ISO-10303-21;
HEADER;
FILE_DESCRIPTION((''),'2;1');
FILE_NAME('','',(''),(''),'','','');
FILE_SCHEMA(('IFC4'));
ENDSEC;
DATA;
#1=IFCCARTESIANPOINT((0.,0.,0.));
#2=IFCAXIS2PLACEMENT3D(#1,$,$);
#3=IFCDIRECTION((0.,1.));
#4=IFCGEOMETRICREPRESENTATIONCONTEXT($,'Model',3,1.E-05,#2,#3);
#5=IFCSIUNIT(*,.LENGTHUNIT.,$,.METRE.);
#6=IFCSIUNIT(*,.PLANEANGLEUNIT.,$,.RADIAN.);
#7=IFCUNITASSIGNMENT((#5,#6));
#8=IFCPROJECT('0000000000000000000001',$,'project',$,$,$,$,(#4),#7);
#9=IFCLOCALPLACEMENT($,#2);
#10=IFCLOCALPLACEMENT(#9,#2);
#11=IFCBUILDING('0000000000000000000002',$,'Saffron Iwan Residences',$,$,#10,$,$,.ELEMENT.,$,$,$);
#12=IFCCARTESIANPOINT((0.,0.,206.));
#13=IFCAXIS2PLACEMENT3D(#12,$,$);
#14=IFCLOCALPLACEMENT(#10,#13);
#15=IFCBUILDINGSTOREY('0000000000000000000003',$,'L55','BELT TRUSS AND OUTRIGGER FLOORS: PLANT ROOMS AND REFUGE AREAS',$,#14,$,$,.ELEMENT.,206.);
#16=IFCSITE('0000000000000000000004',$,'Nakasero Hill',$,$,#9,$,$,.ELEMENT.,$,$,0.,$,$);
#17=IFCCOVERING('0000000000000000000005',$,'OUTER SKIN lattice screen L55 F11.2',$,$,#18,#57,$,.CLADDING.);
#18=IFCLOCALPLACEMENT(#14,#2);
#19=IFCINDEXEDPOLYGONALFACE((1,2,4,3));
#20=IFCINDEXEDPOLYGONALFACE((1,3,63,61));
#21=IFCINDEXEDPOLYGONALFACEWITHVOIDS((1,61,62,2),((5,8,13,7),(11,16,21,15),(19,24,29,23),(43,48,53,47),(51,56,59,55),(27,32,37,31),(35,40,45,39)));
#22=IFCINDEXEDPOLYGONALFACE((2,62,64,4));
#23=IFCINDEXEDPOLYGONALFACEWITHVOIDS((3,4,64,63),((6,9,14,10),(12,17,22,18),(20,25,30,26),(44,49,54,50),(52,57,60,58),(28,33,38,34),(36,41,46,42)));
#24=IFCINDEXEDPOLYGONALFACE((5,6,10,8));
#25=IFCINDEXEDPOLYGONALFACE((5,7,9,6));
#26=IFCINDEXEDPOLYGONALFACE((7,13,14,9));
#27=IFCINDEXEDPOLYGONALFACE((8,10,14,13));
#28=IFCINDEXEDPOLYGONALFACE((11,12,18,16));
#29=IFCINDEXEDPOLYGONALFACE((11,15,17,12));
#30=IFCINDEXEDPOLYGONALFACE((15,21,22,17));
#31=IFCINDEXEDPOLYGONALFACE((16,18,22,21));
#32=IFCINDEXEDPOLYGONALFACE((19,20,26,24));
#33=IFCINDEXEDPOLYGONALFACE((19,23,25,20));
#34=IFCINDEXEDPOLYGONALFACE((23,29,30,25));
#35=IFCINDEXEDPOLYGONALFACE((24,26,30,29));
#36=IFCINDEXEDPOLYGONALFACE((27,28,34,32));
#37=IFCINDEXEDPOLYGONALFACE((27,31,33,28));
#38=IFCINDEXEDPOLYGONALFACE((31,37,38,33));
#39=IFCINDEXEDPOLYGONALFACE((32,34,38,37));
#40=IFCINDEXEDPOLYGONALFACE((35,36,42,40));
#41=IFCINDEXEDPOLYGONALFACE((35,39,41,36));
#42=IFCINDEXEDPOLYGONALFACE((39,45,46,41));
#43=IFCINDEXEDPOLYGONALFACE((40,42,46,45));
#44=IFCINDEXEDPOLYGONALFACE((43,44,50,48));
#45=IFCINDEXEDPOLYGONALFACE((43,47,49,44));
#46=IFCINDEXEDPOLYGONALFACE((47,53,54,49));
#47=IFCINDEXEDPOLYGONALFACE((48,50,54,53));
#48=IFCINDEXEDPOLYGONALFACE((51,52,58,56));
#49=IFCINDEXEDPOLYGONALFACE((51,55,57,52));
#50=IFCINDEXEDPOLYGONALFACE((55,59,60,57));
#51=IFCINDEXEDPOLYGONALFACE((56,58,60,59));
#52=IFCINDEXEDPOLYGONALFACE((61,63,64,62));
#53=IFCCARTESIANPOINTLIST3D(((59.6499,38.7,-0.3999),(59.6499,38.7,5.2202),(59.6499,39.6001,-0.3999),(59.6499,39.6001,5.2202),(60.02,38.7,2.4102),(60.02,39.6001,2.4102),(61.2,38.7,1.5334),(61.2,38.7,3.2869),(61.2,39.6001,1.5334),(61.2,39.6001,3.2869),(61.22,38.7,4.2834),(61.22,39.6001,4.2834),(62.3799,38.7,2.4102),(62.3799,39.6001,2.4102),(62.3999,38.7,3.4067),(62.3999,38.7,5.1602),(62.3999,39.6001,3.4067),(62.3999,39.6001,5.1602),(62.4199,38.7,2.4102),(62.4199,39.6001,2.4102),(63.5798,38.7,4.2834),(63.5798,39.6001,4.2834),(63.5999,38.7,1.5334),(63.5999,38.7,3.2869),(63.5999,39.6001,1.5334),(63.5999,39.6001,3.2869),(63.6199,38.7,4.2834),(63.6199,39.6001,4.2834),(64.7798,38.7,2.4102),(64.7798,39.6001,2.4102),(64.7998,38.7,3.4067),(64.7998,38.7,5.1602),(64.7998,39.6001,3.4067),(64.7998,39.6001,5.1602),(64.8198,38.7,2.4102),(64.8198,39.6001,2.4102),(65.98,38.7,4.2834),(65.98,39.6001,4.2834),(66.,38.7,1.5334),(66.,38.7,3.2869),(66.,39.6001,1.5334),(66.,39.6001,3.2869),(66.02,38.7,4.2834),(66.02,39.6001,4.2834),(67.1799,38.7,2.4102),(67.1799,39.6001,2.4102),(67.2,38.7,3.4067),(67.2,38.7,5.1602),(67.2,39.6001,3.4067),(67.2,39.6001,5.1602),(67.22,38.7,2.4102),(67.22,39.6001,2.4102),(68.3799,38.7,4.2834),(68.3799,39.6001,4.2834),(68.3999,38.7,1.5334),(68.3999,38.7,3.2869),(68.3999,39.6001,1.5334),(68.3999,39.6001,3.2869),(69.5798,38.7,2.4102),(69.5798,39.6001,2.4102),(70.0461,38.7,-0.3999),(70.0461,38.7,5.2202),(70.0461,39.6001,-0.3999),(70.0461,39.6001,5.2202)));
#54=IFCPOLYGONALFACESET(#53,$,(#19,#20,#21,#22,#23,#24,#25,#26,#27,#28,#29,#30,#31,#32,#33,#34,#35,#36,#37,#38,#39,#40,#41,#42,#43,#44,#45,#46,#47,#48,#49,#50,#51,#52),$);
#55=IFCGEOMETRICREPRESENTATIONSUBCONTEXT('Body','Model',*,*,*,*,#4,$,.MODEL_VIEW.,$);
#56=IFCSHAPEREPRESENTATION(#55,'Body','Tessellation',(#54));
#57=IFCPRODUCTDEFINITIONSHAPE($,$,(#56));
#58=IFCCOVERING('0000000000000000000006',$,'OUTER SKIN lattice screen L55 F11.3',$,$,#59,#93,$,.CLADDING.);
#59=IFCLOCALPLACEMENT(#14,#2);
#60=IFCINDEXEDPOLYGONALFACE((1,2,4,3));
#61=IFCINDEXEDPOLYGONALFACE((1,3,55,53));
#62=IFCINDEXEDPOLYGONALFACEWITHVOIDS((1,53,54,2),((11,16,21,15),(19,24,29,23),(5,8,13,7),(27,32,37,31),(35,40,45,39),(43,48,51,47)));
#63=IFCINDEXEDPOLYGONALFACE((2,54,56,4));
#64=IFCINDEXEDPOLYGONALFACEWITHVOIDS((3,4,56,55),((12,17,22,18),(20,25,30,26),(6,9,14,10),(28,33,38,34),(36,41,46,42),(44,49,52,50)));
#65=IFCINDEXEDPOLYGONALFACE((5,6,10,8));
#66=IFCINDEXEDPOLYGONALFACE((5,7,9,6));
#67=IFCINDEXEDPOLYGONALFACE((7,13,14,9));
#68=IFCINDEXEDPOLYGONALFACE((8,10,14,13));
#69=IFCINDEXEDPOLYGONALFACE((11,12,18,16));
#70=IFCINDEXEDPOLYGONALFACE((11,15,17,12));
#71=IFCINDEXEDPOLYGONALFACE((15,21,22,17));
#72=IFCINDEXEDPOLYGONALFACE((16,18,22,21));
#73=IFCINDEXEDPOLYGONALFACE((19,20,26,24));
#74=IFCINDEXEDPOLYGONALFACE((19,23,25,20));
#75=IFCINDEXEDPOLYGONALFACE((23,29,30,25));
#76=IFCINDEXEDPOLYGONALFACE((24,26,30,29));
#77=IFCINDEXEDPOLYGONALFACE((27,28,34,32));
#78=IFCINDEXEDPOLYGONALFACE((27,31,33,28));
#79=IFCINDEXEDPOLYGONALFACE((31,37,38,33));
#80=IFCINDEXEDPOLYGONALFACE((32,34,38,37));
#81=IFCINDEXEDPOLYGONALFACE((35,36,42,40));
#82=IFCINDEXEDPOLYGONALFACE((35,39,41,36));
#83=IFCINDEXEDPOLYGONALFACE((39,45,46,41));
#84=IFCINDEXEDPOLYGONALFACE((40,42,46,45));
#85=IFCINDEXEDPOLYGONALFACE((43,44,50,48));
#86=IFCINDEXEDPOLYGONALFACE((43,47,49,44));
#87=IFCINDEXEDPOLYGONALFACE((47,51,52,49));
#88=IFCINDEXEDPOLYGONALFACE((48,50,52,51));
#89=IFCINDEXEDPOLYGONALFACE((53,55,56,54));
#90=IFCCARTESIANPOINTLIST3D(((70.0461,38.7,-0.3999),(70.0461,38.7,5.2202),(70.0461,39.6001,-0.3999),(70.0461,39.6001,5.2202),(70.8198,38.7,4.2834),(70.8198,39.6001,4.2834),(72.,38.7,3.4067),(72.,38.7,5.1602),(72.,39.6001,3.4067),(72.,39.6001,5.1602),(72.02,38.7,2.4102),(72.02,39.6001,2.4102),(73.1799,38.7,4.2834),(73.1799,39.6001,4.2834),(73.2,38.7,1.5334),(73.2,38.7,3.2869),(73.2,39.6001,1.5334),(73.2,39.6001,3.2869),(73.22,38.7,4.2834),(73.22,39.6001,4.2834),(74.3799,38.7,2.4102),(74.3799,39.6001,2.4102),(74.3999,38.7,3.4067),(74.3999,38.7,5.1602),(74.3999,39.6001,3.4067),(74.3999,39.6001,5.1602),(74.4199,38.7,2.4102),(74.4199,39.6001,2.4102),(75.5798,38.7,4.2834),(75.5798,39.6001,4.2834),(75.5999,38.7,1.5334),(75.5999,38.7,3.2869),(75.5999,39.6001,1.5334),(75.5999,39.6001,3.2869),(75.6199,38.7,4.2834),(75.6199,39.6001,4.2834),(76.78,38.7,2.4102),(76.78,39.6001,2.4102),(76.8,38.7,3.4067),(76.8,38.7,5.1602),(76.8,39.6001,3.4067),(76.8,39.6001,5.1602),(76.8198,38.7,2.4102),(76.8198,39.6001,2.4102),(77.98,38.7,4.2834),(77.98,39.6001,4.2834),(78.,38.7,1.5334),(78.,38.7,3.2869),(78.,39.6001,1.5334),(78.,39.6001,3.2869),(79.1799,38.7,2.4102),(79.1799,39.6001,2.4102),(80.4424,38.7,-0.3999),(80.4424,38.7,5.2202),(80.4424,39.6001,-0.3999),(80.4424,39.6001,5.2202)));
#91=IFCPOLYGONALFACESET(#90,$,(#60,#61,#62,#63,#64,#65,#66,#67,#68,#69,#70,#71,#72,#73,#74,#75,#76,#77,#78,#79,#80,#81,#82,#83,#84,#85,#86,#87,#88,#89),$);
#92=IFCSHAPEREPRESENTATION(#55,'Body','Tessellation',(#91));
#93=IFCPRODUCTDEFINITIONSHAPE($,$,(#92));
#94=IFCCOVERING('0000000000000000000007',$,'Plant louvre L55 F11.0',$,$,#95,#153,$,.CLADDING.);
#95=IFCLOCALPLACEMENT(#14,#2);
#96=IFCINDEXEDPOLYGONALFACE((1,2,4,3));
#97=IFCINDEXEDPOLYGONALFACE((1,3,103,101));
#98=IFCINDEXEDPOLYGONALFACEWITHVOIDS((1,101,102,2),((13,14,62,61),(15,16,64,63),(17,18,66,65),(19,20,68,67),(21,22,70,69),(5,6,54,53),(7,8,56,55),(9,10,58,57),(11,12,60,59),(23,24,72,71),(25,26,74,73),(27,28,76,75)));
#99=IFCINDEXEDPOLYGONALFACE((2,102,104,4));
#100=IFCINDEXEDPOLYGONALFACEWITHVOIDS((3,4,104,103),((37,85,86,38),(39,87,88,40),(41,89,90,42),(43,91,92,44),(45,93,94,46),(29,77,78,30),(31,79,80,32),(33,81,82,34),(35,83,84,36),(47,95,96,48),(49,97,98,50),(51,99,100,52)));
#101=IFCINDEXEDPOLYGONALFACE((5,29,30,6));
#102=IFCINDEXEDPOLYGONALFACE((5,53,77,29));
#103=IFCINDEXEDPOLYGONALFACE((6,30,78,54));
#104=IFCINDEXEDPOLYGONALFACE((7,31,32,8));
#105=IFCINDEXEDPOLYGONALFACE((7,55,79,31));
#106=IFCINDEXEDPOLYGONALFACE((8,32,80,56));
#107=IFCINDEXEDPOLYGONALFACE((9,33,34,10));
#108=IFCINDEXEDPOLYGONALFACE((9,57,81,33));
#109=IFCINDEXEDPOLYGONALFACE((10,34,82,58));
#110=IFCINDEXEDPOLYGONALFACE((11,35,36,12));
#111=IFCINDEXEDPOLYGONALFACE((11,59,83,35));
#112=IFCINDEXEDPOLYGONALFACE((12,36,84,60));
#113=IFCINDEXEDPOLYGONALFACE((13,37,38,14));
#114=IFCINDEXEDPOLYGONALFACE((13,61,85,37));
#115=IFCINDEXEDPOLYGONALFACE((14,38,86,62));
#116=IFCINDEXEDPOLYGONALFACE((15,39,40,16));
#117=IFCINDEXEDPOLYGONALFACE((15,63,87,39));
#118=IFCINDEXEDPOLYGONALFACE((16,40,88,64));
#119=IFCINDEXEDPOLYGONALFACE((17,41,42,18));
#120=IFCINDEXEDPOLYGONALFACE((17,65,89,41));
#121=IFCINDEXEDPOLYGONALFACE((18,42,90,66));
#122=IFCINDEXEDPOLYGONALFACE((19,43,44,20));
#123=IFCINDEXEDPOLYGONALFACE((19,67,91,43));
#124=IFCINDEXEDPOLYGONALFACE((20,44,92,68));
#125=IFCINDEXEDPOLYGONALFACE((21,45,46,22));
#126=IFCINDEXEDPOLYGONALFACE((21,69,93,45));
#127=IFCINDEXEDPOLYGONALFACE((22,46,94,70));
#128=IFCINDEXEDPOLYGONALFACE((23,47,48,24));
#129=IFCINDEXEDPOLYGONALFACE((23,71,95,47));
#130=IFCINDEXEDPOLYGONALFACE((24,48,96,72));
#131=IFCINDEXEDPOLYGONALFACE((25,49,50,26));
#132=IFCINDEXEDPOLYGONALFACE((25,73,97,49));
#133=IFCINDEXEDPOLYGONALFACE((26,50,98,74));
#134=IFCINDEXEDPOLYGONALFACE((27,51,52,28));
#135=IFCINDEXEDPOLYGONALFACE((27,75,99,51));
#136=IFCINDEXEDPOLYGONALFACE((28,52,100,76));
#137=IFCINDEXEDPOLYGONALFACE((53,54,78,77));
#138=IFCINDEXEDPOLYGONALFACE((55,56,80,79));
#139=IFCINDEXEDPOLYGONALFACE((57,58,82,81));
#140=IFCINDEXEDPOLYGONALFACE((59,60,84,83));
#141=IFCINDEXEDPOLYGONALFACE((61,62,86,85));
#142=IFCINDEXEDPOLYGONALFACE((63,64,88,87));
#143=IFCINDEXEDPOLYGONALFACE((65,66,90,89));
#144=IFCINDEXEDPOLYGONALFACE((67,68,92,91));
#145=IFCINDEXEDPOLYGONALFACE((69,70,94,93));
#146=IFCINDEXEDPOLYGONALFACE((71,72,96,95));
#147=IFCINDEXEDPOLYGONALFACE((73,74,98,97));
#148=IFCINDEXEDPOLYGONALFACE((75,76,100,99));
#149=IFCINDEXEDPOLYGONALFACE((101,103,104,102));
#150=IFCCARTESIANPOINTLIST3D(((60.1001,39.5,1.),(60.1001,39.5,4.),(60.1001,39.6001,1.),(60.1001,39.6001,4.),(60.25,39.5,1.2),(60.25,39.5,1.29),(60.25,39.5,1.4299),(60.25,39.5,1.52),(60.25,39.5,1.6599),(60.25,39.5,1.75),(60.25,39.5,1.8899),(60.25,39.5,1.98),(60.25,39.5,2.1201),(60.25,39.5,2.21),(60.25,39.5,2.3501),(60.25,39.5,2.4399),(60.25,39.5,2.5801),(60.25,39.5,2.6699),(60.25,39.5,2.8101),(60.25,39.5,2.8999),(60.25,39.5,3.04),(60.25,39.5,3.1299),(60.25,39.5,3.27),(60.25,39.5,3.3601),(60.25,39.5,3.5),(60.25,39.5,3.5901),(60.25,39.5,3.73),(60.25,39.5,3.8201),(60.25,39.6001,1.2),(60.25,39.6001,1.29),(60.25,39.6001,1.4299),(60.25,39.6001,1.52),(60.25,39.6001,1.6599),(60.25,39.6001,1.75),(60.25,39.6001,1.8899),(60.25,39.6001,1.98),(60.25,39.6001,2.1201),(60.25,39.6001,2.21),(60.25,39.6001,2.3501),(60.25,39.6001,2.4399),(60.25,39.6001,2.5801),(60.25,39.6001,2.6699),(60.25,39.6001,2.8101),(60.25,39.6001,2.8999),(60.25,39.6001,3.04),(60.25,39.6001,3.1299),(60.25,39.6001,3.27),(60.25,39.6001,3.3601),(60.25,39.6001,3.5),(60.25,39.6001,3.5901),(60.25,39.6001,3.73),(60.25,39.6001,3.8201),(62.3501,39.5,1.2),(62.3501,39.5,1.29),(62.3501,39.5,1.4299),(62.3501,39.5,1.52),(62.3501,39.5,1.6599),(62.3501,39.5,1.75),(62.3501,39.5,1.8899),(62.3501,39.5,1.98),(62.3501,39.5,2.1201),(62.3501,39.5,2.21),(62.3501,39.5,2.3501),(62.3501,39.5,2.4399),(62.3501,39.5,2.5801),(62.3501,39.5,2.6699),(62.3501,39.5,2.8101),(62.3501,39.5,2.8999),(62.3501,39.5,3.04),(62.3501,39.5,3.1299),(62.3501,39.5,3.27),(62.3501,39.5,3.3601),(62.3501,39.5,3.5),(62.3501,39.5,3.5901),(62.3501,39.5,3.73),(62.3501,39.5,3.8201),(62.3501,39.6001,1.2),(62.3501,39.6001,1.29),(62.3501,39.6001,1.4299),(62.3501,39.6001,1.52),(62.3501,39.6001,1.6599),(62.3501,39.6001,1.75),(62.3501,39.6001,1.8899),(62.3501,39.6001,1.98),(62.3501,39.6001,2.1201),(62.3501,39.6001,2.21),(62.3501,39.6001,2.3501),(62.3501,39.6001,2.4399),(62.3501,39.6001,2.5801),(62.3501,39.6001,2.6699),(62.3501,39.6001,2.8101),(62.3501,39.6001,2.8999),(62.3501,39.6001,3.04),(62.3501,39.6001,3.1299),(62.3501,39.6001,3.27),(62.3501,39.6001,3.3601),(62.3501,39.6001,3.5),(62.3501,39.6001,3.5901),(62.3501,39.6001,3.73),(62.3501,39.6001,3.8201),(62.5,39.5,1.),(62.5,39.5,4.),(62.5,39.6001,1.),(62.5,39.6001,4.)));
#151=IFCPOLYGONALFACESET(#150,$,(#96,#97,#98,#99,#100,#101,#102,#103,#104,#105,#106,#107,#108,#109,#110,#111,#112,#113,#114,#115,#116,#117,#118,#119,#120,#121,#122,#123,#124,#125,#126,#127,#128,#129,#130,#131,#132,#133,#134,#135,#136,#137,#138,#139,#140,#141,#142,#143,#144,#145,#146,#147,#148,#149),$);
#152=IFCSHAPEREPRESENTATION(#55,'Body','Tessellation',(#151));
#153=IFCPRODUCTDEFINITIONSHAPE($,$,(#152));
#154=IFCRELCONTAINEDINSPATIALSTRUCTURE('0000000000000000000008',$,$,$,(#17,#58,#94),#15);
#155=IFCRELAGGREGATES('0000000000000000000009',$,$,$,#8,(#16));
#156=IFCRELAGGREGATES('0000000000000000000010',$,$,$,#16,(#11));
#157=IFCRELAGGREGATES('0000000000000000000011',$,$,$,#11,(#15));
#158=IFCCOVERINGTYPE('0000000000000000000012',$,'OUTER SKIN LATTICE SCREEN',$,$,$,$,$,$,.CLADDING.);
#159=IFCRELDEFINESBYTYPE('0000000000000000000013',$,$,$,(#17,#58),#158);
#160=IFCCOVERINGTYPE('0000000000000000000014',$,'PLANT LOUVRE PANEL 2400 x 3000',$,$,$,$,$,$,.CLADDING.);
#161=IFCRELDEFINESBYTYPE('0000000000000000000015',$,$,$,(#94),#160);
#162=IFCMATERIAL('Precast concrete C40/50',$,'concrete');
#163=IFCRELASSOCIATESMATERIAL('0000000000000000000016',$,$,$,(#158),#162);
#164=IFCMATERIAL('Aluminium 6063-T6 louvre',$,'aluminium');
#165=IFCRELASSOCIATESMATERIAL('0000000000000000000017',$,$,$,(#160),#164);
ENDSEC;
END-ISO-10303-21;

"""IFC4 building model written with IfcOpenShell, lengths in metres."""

from ifc_helpers import new_model, si_unit, direction, frame, origin, place, context, subcontext, project, spatial, polyline, outline, extrude, material, type_object, element, save


model = new_model("IFC4")

# Units and contexts
model_context = context("Model", 3, precision=1e-05, world=origin(), true_north=direction((0.0, 1.0)))
body_context = subcontext(model_context, "Body", "Model", "MODEL_VIEW")
ifc_project = project(units=[si_unit("LENGTHUNIT", "METRE"), si_unit("PLANEANGLEUNIT", "RADIAN")], contexts=[model_context])

# Site, building, storey
site_placement = place(None, origin())
site = spatial("IfcSite", under=ifc_project, at=site_placement, Name="Nakasero Hill", CompositionType="ELEMENT", RefElevation=0.0)
building_placement = place(site_placement, origin())
building = spatial("IfcBuilding", under=site, at=building_placement, Name="Saffron Iwan Residences", CompositionType="ELEMENT")
storey_placement = place(building_placement, frame((0.0, 0.0, 206.0)))
storey = spatial("IfcBuildingStorey", under=building, at=storey_placement, Name="L55", Description="BELT TRUSS AND OUTRIGGER FLOORS: PLANT ROOMS AND REFUGE AREAS", CompositionType="ELEMENT", Elevation=206.0)

# Coverings
ifc_material_1 = material(Name="Precast concrete C40/50", Category="concrete")
covering_type_1 = type_object("IfcCoveringType", Name="OUTER SKIN LATTICE SCREEN", PredefinedType="CLADDING", material=ifc_material_1)
covering_1_placement = place(storey_placement, frame((59.6499, 39.6001, -0.3999), z_axis=(0.0, -1.0, 0.0), x_axis=(1.0, 0.0, 0.0)))
element("IfcCovering", 1, at=covering_1_placement, inside=storey, type_object=covering_type_1, Name="OUTER SKIN lattice screen L55 F11.2", PredefinedType="CLADDING", context=body_context, shape_type="SweptSolid", body=[
    extrude(outline(polyline([(0.0, 0.0), (10.3962, 0.0), (10.3962, 5.6201), (0.0, 5.6201), (0.0, 0.0)]), holes=[polyline([(0.3701, 2.8101), (1.55, 1.9333), (2.73, 2.8101), (1.55, 3.6868), (0.3701, 2.8101)]), polyline([(2.77, 2.8101), (3.95, 1.9333), (5.1299, 2.8101), (3.95, 3.6868), (2.77, 2.8101)]), polyline([(5.1699, 2.8101), (6.3501, 1.9333), (7.53, 2.8101), (6.3501, 3.6868), (5.1699, 2.8101)]), polyline([(7.5701, 2.8101), (8.75, 1.9333), (9.9299, 2.8101), (8.75, 3.6868), (7.5701, 2.8101)]), polyline([(1.5701, 4.6833), (2.75, 3.8066), (3.9299, 4.6833), (2.75, 5.5601), (1.5701, 4.6833)]), polyline([(3.97, 4.6833), (5.1499, 3.8066), (6.3301, 4.6833), (5.1499, 5.5601), (3.97, 4.6833)]), polyline([(6.3701, 4.6833), (7.55, 3.8066), (8.73, 4.6833), (7.55, 5.5601), (6.3701, 4.6833)])]), origin(), (0.0, 0.0, 1.0), 0.9001),
])
covering_2_placement = place(storey_placement, frame((70.0461, 39.6001, -0.3999), z_axis=(0.0, -1.0, 0.0), x_axis=(1.0, 0.0, 0.0)))
element("IfcCovering", 2, at=covering_2_placement, inside=storey, type_object=covering_type_1, Name="OUTER SKIN lattice screen L55 F11.3", PredefinedType="CLADDING", context=body_context, shape_type="SweptSolid", body=[
    extrude(outline(polyline([(0.0, 0.0), (10.3962, 0.0), (10.3962, 5.6201), (0.0, 5.6201), (0.0, 0.0)]), holes=[polyline([(1.9739, 2.8101), (3.1538, 1.9333), (4.3337, 2.8101), (3.1538, 3.6868), (1.9739, 2.8101)]), polyline([(4.3738, 2.8101), (5.5537, 1.9333), (6.7339, 2.8101), (5.5537, 3.6868), (4.3738, 2.8101)]), polyline([(6.7737, 2.8101), (7.9539, 1.9333), (9.1338, 2.8101), (7.9539, 3.6868), (6.7737, 2.8101)]), polyline([(0.7737, 4.6833), (1.9539, 3.8066), (3.1338, 4.6833), (1.9539, 5.5601), (0.7737, 4.6833)]), polyline([(3.1738, 4.6833), (4.3538, 3.8066), (5.5337, 4.6833), (4.3538, 5.5601), (3.1738, 4.6833)]), polyline([(5.5737, 4.6833), (6.7539, 3.8066), (7.9338, 4.6833), (6.7539, 5.5601), (5.5737, 4.6833)])]), origin(), (0.0, 0.0, 1.0), 0.9001),
])
ifc_material_2 = material(Name="Aluminium 6063-T6 louvre", Category="aluminium")
covering_type_2 = type_object("IfcCoveringType", Name="PLANT LOUVRE PANEL 2400 x 3000", PredefinedType="CLADDING", material=ifc_material_2)
covering_3_placement = place(storey_placement, frame((60.1001, 39.6001, 1.0), z_axis=(0.0, -1.0, 0.0), x_axis=(1.0, 0.0, 0.0)))
element("IfcCovering", 3, at=covering_3_placement, inside=storey, type_object=covering_type_2, Name="Plant louvre L55 F11.0", PredefinedType="CLADDING", context=body_context, shape_type="SweptSolid", body=[
    extrude(outline(polyline([(0.0, 0.0), (2.3999, 0.0), (2.3999, 3.0), (0.0, 3.0), (0.0, 0.0)]), holes=[polyline([(0.1499, 0.2), (2.25, 0.2), (2.25, 0.29), (0.1499, 0.29), (0.1499, 0.2)]), polyline([(0.1499, 0.4299), (2.25, 0.4299), (2.25, 0.52), (0.1499, 0.52), (0.1499, 0.4299)]), polyline([(0.1499, 0.6599), (2.25, 0.6599), (2.25, 0.75), (0.1499, 0.75), (0.1499, 0.6599)]), polyline([(0.1499, 0.8899), (2.25, 0.8899), (2.25, 0.98), (0.1499, 0.98), (0.1499, 0.8899)]), polyline([(0.1499, 1.1201), (2.25, 1.1201), (2.25, 1.21), (0.1499, 1.21), (0.1499, 1.1201)]), polyline([(0.1499, 1.3501), (2.25, 1.3501), (2.25, 1.4399), (0.1499, 1.4399), (0.1499, 1.3501)]), polyline([(0.1499, 1.5801), (2.25, 1.5801), (2.25, 1.6699), (0.1499, 1.6699), (0.1499, 1.5801)]), polyline([(0.1499, 1.8101), (2.25, 1.8101), (2.25, 1.8999), (0.1499, 1.8999), (0.1499, 1.8101)]), polyline([(0.1499, 2.04), (2.25, 2.04), (2.25, 2.1299), (0.1499, 2.1299), (0.1499, 2.04)]), polyline([(0.1499, 2.27), (2.25, 2.27), (2.25, 2.3601), (0.1499, 2.3601), (0.1499, 2.27)]), polyline([(0.1499, 2.5), (2.25, 2.5), (2.25, 2.5901), (0.1499, 2.5901), (0.1499, 2.5)]), polyline([(0.1499, 2.73), (2.25, 2.73), (2.25, 2.8201), (0.1499, 2.8201), (0.1499, 2.73)])]), origin(), (0.0, 0.0, 1.0), 0.1001),
])

save(model, "model.ifc")
